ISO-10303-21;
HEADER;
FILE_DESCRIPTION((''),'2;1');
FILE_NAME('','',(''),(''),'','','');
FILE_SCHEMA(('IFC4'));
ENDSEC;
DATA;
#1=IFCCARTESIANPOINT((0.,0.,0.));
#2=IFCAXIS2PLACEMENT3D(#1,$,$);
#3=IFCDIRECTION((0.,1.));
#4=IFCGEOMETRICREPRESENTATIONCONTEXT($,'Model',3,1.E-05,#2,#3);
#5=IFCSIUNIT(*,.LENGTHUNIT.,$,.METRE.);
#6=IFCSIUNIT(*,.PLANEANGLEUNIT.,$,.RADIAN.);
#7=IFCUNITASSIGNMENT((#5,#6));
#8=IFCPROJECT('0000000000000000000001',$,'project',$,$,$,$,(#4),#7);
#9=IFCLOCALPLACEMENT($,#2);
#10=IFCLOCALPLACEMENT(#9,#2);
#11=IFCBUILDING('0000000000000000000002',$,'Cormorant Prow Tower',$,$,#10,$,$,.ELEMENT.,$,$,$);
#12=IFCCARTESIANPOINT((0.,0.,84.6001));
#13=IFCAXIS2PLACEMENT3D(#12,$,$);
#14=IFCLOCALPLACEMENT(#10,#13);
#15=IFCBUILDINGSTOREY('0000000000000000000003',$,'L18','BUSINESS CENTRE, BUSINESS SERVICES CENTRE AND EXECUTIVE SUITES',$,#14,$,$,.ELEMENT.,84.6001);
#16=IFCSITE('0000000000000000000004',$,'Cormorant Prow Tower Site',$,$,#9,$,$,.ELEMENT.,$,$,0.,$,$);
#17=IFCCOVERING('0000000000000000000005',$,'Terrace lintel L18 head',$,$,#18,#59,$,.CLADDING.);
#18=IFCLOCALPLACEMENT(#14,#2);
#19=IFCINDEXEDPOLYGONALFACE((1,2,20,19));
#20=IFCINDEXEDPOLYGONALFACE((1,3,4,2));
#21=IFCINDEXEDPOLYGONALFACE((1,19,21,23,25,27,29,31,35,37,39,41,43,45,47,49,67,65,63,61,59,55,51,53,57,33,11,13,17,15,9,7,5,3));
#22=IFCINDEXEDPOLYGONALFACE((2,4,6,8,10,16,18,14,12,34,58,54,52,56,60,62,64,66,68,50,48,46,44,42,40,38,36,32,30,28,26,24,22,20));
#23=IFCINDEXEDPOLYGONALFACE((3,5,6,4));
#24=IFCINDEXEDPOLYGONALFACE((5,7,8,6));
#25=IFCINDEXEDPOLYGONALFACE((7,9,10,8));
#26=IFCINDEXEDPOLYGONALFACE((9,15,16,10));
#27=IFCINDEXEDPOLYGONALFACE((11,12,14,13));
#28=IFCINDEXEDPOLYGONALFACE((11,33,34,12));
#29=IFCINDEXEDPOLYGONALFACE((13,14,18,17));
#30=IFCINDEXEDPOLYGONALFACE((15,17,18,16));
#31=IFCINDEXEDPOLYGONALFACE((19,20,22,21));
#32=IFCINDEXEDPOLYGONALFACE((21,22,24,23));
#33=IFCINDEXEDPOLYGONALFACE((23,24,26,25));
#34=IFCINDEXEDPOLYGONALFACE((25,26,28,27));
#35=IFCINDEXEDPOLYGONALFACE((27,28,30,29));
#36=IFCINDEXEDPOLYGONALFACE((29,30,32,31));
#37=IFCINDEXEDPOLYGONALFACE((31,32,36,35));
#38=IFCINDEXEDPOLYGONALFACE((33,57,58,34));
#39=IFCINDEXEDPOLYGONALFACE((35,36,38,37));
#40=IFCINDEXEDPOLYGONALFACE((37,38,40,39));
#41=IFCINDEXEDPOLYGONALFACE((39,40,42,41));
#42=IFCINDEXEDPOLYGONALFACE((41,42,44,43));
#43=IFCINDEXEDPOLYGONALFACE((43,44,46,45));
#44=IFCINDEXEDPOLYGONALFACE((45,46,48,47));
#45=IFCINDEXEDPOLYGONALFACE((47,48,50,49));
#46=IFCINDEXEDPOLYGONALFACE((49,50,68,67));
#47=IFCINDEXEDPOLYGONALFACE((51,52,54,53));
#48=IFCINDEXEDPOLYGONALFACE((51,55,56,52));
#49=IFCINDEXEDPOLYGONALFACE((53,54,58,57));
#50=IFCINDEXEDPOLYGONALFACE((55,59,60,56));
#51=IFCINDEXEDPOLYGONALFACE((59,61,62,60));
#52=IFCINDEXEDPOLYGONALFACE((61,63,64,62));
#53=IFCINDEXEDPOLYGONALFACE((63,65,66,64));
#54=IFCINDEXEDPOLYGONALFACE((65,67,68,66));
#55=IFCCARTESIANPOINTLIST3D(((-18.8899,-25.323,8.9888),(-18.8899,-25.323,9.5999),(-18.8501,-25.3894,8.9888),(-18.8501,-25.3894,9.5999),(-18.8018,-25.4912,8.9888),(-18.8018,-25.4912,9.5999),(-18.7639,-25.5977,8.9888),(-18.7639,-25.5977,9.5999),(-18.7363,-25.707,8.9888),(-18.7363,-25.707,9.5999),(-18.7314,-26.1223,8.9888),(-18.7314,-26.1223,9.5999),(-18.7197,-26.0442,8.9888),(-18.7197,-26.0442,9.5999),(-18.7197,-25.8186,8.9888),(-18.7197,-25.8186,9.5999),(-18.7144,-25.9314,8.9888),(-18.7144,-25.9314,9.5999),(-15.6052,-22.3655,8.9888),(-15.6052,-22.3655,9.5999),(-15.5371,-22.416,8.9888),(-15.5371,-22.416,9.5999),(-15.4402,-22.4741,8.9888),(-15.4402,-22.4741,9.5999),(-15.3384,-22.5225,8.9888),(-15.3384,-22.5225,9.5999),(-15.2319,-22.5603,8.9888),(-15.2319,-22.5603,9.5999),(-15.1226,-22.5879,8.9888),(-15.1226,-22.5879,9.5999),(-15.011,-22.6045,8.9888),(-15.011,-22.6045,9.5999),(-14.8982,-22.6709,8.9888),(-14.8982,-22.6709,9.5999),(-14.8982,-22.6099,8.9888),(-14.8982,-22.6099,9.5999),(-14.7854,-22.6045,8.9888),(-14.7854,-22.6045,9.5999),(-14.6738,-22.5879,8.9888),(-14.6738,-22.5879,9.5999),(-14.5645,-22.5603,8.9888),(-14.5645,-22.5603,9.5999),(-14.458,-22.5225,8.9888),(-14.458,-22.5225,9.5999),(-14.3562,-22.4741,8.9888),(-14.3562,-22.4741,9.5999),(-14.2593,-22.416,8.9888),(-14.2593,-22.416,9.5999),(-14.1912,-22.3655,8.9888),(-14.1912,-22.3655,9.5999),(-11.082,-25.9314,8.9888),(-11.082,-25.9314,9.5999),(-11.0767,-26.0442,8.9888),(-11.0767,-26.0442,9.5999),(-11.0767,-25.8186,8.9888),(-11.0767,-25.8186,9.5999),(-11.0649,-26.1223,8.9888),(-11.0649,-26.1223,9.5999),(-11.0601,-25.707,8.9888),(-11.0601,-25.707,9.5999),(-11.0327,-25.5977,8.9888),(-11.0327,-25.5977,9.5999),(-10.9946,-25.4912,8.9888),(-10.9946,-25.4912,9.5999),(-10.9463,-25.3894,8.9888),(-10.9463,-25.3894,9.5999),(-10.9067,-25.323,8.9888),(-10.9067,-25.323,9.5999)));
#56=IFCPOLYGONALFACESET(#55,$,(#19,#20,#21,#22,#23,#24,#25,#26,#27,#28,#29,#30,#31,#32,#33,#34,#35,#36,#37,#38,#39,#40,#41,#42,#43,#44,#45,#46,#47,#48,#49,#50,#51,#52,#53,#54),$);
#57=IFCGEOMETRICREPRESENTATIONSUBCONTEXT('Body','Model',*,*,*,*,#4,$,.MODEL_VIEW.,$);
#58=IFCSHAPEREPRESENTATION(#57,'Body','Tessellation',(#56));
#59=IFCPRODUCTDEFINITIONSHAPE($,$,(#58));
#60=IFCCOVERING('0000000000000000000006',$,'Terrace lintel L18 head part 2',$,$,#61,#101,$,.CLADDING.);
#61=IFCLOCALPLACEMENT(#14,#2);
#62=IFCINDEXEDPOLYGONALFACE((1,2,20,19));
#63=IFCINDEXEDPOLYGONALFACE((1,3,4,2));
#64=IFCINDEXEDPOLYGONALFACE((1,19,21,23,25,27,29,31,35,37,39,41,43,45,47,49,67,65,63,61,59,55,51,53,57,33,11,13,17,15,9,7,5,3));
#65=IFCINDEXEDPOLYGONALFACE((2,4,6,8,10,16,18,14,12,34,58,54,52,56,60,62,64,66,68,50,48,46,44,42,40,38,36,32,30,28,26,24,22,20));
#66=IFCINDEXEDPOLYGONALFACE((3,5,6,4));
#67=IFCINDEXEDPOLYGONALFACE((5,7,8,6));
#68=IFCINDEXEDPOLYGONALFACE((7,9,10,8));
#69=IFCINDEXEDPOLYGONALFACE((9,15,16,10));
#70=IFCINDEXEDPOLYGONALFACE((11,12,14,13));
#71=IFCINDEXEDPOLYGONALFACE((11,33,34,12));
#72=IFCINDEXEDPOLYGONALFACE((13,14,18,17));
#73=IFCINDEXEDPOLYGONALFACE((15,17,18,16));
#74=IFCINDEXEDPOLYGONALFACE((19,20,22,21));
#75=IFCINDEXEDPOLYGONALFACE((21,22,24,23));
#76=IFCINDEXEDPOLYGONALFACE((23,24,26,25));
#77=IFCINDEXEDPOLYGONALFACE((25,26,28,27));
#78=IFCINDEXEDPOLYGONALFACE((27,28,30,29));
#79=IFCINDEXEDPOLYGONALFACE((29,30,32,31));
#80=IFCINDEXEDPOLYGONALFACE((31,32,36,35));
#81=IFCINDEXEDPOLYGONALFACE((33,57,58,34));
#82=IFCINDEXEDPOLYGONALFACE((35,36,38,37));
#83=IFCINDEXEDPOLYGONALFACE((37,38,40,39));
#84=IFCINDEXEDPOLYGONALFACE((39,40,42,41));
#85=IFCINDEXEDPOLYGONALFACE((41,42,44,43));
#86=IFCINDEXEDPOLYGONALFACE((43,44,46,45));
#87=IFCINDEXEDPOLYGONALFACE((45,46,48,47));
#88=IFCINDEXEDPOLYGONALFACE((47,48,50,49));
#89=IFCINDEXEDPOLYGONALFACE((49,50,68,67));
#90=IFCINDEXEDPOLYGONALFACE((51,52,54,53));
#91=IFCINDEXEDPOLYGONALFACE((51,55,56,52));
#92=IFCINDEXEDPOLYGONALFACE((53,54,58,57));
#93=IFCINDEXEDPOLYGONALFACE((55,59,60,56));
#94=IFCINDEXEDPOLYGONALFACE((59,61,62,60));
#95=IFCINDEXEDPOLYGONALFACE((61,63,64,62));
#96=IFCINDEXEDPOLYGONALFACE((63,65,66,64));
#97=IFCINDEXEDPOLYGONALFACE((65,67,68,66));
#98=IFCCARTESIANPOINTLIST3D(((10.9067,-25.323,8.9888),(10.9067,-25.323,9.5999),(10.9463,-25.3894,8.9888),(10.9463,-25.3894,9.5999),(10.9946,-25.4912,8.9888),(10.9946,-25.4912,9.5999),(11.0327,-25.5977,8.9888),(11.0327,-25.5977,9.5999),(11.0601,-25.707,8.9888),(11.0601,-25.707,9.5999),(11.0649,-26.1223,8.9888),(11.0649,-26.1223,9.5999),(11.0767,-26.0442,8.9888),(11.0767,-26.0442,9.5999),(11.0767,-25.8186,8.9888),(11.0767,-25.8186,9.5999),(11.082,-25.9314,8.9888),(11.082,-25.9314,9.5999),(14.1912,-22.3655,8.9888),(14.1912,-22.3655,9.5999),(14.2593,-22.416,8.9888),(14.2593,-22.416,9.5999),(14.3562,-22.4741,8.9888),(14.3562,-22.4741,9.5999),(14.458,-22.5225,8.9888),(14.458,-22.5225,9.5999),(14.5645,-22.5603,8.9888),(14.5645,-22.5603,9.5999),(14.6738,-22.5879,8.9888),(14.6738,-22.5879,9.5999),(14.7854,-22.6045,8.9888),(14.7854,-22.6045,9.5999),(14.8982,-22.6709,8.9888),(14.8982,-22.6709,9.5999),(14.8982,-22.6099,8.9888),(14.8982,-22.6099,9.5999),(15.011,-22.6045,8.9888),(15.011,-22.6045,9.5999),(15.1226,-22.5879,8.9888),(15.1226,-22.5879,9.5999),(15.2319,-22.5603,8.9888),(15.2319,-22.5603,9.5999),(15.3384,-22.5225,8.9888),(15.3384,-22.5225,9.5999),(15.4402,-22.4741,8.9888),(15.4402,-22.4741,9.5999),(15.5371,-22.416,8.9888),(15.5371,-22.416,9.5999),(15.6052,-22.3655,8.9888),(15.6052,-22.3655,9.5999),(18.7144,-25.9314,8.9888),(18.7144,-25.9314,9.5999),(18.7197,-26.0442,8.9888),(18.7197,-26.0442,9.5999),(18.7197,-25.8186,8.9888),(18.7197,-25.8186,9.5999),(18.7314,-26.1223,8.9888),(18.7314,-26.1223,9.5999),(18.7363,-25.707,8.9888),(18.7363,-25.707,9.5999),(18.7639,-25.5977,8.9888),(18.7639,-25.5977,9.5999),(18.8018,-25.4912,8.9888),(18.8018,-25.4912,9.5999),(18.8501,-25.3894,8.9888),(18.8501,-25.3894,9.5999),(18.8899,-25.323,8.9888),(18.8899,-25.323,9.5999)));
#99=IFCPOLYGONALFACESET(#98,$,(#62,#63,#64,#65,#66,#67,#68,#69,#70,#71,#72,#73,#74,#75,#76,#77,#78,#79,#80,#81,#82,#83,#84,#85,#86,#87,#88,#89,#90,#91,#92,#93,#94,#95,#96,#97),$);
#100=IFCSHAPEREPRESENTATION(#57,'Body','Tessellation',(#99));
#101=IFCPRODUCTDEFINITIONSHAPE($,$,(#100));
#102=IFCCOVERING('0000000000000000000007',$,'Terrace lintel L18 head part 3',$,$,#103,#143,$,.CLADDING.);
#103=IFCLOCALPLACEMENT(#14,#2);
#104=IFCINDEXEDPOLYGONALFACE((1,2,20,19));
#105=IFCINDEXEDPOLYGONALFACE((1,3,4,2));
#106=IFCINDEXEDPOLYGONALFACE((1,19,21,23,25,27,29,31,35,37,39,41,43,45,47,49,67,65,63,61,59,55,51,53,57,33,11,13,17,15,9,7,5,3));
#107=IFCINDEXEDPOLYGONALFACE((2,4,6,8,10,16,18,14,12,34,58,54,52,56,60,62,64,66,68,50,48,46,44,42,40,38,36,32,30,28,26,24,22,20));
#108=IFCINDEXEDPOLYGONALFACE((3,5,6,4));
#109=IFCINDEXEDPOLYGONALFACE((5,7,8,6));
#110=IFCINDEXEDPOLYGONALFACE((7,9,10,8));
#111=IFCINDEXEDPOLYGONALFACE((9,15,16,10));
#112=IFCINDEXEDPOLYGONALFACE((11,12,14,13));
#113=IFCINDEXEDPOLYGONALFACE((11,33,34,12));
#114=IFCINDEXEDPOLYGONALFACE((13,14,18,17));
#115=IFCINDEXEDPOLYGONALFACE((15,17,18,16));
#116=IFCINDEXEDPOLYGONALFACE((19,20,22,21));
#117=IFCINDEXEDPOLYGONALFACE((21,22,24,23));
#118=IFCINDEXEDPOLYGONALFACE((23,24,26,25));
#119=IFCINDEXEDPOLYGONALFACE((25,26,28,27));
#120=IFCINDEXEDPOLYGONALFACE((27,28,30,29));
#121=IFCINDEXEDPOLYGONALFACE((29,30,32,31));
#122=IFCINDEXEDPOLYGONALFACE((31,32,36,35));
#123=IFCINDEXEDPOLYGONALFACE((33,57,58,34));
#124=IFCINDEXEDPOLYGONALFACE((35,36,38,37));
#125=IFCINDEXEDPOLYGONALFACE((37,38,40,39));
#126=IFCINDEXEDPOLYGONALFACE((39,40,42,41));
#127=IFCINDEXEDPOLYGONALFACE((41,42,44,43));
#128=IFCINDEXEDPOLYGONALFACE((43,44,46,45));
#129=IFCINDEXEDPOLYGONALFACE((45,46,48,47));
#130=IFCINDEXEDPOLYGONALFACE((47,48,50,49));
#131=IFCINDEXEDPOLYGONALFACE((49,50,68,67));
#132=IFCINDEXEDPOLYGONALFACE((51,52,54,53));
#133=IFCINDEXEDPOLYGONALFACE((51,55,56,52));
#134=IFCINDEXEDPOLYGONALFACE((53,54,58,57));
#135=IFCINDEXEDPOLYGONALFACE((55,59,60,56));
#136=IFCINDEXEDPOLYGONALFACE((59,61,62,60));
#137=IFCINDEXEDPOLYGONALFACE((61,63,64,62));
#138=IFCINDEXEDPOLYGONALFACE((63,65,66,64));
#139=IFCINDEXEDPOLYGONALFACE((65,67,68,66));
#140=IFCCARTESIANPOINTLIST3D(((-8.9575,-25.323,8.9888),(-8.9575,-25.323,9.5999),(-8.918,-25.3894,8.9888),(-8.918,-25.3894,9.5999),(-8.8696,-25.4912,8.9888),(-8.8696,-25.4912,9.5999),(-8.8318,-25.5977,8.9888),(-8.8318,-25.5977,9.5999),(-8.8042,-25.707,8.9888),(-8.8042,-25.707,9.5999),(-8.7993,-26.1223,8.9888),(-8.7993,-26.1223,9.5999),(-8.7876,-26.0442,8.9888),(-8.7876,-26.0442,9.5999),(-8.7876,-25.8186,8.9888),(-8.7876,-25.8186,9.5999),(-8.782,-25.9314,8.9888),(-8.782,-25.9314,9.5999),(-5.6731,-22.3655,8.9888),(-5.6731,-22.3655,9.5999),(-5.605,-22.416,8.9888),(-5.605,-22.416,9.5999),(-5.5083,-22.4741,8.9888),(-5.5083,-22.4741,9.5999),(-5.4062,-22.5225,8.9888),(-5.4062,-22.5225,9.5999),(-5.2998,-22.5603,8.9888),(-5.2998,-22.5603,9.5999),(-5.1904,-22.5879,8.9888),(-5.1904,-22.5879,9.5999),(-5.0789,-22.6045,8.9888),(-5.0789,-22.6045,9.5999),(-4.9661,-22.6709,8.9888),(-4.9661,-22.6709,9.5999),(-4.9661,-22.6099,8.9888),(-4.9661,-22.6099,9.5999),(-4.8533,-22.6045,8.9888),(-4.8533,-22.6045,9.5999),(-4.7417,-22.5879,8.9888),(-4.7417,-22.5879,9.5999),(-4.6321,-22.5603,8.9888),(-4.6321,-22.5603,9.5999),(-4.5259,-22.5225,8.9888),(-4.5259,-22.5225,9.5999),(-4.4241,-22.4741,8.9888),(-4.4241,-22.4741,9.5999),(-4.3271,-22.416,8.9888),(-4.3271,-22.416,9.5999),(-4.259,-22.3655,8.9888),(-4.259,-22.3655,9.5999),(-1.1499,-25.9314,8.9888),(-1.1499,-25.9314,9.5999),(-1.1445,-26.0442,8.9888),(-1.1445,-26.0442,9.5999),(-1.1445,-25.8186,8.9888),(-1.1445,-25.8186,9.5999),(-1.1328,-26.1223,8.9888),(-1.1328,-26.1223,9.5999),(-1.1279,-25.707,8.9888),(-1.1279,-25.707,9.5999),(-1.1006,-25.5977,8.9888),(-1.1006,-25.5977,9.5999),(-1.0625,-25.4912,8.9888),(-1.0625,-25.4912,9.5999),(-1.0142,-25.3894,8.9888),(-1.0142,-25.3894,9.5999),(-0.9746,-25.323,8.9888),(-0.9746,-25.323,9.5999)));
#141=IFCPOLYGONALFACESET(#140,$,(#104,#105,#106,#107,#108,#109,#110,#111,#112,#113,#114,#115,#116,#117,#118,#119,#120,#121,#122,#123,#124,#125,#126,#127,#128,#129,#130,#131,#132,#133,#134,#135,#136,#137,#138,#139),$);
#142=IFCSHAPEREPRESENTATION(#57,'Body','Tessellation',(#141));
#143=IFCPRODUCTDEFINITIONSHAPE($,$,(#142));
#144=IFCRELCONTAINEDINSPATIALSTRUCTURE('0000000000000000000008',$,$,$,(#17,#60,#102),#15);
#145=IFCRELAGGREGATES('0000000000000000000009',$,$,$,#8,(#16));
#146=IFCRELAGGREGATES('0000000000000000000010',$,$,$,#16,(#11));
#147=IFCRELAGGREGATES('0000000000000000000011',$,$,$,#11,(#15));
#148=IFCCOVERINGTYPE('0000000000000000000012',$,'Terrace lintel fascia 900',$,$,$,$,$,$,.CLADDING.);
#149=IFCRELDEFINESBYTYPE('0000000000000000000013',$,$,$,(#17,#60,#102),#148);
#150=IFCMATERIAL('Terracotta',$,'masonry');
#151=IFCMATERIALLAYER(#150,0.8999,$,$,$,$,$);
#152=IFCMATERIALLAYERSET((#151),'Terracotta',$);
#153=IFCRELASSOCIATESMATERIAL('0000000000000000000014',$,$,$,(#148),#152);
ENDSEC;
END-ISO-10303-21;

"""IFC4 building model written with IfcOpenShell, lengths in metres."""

from ifc_helpers import new_model, si_unit, direction, frame, origin, place, context, subcontext, project, spatial, polyline, outline, extrude, material, layer, layer_set, type_object, element, save


model = new_model("IFC4")

# Units and contexts
model_context = context("Model", 3, precision=1e-05, world=origin(), true_north=direction((0.0, 1.0)))
body_context = subcontext(model_context, "Body", "Model", "MODEL_VIEW")
ifc_project = project(units=[si_unit("LENGTHUNIT", "METRE"), si_unit("PLANEANGLEUNIT", "RADIAN")], contexts=[model_context])

# Site, building, storey
site_placement = place(None, origin())
site = spatial("IfcSite", under=ifc_project, at=site_placement, Name="Cormorant Prow Tower Site", CompositionType="ELEMENT", RefElevation=0.0)
building_placement = place(site_placement, origin())
building = spatial("IfcBuilding", under=site, at=building_placement, Name="Cormorant Prow Tower", CompositionType="ELEMENT")
storey_placement = place(building_placement, frame((0.0, 0.0, 84.6001)))
storey = spatial("IfcBuildingStorey", under=building, at=storey_placement, Name="L18", Description="BUSINESS CENTRE, BUSINESS SERVICES CENTRE AND EXECUTIVE SUITES", CompositionType="ELEMENT", Elevation=84.6001)

# Coverings
ifc_material_1 = material(Name="Terracotta", Category="masonry")
ifc_layer_1 = layer(ifc_material_1, 0.8999)
ifc_layer_set_1 = layer_set([ifc_layer_1], Name="Terracotta")
covering_type = type_object("IfcCoveringType", Name="Terrace lintel fascia 900", PredefinedType="CLADDING", material=ifc_layer_set_1)
covering_1_placement = place(storey_placement, frame((0.0, 0.0, 8.9888)))
element("IfcCovering", 1, at=covering_1_placement, inside=storey, type_object=covering_type, Name="Terrace lintel L18 head", PredefinedType="CLADDING", context=body_context, shape_type="SweptSolid", body=[
    extrude(outline(polyline([(-10.9463, -25.3894), (-10.9946, -25.4912), (-11.0327, -25.5977), (-11.0601, -25.707), (-11.0767, -25.8186), (-11.082, -25.9314), (-11.0767, -26.0442), (-11.0649, -26.1223), (-14.8982, -22.6709), (-18.7314, -26.1223), (-18.7197, -26.0442), (-18.7144, -25.9314), (-18.7197, -25.8186), (-18.7363, -25.707), (-18.7639, -25.5977), (-18.8018, -25.4912), (-18.8501, -25.3894), (-18.8899, -25.323), (-15.6052, -22.3655), (-15.5371, -22.416), (-15.4402, -22.4741), (-15.3384, -22.5225), (-15.2319, -22.5603), (-15.1226, -22.5879), (-15.011, -22.6045), (-14.8982, -22.6099), (-14.7854, -22.6045), (-14.6738, -22.5879), (-14.5645, -22.5603), (-14.458, -22.5225), (-14.3562, -22.4741), (-14.2593, -22.416), (-14.1912, -22.3655), (-10.9067, -25.323), (-10.9463, -25.3894)])), origin(), (0.0, 0.0, 1.0), 0.6111),
])
covering_2_placement = place(storey_placement, frame((0.0, 0.0, 8.9888)))
element("IfcCovering", 2, at=covering_2_placement, inside=storey, type_object=covering_type, Name="Terrace lintel L18 head part 2", PredefinedType="CLADDING", context=body_context, shape_type="SweptSolid", body=[
    extrude(outline(polyline([(14.2593, -22.416), (14.3562, -22.4741), (14.458, -22.5225), (14.5645, -22.5603), (14.6738, -22.5879), (14.7854, -22.6045), (14.8982, -22.6099), (15.011, -22.6045), (15.1226, -22.5879), (15.2319, -22.5603), (15.3384, -22.5225), (15.4402, -22.4741), (15.5371, -22.416), (15.6052, -22.3655), (18.8899, -25.323), (18.8501, -25.3894), (18.8018, -25.4912), (18.7639, -25.5977), (18.7363, -25.707), (18.7197, -25.8186), (18.7144, -25.9314), (18.7197, -26.0442), (18.7314, -26.1223), (14.8982, -22.6709), (11.0649, -26.1223), (11.0767, -26.0442), (11.082, -25.9314), (11.0767, -25.8186), (11.0601, -25.707), (11.0327, -25.5977), (10.9946, -25.4912), (10.9463, -25.3894), (10.9067, -25.323), (14.1912, -22.3655), (14.2593, -22.416)])), origin(), (0.0, 0.0, 1.0), 0.6111),
])
covering_3_placement = place(storey_placement, frame((0.0, 0.0, 8.9888)))
element("IfcCovering", 3, at=covering_3_placement, inside=storey, type_object=covering_type, Name="Terrace lintel L18 head part 3", PredefinedType="CLADDING", context=body_context, shape_type="SweptSolid", body=[
    extrude(outline(polyline([(-5.605, -22.416), (-5.5083, -22.4741), (-5.4062, -22.5225), (-5.2998, -22.5603), (-5.1904, -22.5879), (-5.0789, -22.6045), (-4.9661, -22.6099), (-4.8533, -22.6045), (-4.7417, -22.5879), (-4.6321, -22.5603), (-4.5259, -22.5225), (-4.4241, -22.4741), (-4.3271, -22.416), (-4.259, -22.3655), (-0.9746, -25.323), (-1.0142, -25.3894), (-1.0625, -25.4912), (-1.1006, -25.5977), (-1.1279, -25.707), (-1.1445, -25.8186), (-1.1499, -25.9314), (-1.1445, -26.0442), (-1.1328, -26.1223), (-4.9661, -22.6709), (-8.7993, -26.1223), (-8.7876, -26.0442), (-8.782, -25.9314), (-8.7876, -25.8186), (-8.8042, -25.707), (-8.8318, -25.5977), (-8.8696, -25.4912), (-8.918, -25.3894), (-8.9575, -25.323), (-5.6731, -22.3655), (-5.605, -22.416)])), origin(), (0.0, 0.0, 1.0), 0.6111),
])

save(model, "model.ifc")
